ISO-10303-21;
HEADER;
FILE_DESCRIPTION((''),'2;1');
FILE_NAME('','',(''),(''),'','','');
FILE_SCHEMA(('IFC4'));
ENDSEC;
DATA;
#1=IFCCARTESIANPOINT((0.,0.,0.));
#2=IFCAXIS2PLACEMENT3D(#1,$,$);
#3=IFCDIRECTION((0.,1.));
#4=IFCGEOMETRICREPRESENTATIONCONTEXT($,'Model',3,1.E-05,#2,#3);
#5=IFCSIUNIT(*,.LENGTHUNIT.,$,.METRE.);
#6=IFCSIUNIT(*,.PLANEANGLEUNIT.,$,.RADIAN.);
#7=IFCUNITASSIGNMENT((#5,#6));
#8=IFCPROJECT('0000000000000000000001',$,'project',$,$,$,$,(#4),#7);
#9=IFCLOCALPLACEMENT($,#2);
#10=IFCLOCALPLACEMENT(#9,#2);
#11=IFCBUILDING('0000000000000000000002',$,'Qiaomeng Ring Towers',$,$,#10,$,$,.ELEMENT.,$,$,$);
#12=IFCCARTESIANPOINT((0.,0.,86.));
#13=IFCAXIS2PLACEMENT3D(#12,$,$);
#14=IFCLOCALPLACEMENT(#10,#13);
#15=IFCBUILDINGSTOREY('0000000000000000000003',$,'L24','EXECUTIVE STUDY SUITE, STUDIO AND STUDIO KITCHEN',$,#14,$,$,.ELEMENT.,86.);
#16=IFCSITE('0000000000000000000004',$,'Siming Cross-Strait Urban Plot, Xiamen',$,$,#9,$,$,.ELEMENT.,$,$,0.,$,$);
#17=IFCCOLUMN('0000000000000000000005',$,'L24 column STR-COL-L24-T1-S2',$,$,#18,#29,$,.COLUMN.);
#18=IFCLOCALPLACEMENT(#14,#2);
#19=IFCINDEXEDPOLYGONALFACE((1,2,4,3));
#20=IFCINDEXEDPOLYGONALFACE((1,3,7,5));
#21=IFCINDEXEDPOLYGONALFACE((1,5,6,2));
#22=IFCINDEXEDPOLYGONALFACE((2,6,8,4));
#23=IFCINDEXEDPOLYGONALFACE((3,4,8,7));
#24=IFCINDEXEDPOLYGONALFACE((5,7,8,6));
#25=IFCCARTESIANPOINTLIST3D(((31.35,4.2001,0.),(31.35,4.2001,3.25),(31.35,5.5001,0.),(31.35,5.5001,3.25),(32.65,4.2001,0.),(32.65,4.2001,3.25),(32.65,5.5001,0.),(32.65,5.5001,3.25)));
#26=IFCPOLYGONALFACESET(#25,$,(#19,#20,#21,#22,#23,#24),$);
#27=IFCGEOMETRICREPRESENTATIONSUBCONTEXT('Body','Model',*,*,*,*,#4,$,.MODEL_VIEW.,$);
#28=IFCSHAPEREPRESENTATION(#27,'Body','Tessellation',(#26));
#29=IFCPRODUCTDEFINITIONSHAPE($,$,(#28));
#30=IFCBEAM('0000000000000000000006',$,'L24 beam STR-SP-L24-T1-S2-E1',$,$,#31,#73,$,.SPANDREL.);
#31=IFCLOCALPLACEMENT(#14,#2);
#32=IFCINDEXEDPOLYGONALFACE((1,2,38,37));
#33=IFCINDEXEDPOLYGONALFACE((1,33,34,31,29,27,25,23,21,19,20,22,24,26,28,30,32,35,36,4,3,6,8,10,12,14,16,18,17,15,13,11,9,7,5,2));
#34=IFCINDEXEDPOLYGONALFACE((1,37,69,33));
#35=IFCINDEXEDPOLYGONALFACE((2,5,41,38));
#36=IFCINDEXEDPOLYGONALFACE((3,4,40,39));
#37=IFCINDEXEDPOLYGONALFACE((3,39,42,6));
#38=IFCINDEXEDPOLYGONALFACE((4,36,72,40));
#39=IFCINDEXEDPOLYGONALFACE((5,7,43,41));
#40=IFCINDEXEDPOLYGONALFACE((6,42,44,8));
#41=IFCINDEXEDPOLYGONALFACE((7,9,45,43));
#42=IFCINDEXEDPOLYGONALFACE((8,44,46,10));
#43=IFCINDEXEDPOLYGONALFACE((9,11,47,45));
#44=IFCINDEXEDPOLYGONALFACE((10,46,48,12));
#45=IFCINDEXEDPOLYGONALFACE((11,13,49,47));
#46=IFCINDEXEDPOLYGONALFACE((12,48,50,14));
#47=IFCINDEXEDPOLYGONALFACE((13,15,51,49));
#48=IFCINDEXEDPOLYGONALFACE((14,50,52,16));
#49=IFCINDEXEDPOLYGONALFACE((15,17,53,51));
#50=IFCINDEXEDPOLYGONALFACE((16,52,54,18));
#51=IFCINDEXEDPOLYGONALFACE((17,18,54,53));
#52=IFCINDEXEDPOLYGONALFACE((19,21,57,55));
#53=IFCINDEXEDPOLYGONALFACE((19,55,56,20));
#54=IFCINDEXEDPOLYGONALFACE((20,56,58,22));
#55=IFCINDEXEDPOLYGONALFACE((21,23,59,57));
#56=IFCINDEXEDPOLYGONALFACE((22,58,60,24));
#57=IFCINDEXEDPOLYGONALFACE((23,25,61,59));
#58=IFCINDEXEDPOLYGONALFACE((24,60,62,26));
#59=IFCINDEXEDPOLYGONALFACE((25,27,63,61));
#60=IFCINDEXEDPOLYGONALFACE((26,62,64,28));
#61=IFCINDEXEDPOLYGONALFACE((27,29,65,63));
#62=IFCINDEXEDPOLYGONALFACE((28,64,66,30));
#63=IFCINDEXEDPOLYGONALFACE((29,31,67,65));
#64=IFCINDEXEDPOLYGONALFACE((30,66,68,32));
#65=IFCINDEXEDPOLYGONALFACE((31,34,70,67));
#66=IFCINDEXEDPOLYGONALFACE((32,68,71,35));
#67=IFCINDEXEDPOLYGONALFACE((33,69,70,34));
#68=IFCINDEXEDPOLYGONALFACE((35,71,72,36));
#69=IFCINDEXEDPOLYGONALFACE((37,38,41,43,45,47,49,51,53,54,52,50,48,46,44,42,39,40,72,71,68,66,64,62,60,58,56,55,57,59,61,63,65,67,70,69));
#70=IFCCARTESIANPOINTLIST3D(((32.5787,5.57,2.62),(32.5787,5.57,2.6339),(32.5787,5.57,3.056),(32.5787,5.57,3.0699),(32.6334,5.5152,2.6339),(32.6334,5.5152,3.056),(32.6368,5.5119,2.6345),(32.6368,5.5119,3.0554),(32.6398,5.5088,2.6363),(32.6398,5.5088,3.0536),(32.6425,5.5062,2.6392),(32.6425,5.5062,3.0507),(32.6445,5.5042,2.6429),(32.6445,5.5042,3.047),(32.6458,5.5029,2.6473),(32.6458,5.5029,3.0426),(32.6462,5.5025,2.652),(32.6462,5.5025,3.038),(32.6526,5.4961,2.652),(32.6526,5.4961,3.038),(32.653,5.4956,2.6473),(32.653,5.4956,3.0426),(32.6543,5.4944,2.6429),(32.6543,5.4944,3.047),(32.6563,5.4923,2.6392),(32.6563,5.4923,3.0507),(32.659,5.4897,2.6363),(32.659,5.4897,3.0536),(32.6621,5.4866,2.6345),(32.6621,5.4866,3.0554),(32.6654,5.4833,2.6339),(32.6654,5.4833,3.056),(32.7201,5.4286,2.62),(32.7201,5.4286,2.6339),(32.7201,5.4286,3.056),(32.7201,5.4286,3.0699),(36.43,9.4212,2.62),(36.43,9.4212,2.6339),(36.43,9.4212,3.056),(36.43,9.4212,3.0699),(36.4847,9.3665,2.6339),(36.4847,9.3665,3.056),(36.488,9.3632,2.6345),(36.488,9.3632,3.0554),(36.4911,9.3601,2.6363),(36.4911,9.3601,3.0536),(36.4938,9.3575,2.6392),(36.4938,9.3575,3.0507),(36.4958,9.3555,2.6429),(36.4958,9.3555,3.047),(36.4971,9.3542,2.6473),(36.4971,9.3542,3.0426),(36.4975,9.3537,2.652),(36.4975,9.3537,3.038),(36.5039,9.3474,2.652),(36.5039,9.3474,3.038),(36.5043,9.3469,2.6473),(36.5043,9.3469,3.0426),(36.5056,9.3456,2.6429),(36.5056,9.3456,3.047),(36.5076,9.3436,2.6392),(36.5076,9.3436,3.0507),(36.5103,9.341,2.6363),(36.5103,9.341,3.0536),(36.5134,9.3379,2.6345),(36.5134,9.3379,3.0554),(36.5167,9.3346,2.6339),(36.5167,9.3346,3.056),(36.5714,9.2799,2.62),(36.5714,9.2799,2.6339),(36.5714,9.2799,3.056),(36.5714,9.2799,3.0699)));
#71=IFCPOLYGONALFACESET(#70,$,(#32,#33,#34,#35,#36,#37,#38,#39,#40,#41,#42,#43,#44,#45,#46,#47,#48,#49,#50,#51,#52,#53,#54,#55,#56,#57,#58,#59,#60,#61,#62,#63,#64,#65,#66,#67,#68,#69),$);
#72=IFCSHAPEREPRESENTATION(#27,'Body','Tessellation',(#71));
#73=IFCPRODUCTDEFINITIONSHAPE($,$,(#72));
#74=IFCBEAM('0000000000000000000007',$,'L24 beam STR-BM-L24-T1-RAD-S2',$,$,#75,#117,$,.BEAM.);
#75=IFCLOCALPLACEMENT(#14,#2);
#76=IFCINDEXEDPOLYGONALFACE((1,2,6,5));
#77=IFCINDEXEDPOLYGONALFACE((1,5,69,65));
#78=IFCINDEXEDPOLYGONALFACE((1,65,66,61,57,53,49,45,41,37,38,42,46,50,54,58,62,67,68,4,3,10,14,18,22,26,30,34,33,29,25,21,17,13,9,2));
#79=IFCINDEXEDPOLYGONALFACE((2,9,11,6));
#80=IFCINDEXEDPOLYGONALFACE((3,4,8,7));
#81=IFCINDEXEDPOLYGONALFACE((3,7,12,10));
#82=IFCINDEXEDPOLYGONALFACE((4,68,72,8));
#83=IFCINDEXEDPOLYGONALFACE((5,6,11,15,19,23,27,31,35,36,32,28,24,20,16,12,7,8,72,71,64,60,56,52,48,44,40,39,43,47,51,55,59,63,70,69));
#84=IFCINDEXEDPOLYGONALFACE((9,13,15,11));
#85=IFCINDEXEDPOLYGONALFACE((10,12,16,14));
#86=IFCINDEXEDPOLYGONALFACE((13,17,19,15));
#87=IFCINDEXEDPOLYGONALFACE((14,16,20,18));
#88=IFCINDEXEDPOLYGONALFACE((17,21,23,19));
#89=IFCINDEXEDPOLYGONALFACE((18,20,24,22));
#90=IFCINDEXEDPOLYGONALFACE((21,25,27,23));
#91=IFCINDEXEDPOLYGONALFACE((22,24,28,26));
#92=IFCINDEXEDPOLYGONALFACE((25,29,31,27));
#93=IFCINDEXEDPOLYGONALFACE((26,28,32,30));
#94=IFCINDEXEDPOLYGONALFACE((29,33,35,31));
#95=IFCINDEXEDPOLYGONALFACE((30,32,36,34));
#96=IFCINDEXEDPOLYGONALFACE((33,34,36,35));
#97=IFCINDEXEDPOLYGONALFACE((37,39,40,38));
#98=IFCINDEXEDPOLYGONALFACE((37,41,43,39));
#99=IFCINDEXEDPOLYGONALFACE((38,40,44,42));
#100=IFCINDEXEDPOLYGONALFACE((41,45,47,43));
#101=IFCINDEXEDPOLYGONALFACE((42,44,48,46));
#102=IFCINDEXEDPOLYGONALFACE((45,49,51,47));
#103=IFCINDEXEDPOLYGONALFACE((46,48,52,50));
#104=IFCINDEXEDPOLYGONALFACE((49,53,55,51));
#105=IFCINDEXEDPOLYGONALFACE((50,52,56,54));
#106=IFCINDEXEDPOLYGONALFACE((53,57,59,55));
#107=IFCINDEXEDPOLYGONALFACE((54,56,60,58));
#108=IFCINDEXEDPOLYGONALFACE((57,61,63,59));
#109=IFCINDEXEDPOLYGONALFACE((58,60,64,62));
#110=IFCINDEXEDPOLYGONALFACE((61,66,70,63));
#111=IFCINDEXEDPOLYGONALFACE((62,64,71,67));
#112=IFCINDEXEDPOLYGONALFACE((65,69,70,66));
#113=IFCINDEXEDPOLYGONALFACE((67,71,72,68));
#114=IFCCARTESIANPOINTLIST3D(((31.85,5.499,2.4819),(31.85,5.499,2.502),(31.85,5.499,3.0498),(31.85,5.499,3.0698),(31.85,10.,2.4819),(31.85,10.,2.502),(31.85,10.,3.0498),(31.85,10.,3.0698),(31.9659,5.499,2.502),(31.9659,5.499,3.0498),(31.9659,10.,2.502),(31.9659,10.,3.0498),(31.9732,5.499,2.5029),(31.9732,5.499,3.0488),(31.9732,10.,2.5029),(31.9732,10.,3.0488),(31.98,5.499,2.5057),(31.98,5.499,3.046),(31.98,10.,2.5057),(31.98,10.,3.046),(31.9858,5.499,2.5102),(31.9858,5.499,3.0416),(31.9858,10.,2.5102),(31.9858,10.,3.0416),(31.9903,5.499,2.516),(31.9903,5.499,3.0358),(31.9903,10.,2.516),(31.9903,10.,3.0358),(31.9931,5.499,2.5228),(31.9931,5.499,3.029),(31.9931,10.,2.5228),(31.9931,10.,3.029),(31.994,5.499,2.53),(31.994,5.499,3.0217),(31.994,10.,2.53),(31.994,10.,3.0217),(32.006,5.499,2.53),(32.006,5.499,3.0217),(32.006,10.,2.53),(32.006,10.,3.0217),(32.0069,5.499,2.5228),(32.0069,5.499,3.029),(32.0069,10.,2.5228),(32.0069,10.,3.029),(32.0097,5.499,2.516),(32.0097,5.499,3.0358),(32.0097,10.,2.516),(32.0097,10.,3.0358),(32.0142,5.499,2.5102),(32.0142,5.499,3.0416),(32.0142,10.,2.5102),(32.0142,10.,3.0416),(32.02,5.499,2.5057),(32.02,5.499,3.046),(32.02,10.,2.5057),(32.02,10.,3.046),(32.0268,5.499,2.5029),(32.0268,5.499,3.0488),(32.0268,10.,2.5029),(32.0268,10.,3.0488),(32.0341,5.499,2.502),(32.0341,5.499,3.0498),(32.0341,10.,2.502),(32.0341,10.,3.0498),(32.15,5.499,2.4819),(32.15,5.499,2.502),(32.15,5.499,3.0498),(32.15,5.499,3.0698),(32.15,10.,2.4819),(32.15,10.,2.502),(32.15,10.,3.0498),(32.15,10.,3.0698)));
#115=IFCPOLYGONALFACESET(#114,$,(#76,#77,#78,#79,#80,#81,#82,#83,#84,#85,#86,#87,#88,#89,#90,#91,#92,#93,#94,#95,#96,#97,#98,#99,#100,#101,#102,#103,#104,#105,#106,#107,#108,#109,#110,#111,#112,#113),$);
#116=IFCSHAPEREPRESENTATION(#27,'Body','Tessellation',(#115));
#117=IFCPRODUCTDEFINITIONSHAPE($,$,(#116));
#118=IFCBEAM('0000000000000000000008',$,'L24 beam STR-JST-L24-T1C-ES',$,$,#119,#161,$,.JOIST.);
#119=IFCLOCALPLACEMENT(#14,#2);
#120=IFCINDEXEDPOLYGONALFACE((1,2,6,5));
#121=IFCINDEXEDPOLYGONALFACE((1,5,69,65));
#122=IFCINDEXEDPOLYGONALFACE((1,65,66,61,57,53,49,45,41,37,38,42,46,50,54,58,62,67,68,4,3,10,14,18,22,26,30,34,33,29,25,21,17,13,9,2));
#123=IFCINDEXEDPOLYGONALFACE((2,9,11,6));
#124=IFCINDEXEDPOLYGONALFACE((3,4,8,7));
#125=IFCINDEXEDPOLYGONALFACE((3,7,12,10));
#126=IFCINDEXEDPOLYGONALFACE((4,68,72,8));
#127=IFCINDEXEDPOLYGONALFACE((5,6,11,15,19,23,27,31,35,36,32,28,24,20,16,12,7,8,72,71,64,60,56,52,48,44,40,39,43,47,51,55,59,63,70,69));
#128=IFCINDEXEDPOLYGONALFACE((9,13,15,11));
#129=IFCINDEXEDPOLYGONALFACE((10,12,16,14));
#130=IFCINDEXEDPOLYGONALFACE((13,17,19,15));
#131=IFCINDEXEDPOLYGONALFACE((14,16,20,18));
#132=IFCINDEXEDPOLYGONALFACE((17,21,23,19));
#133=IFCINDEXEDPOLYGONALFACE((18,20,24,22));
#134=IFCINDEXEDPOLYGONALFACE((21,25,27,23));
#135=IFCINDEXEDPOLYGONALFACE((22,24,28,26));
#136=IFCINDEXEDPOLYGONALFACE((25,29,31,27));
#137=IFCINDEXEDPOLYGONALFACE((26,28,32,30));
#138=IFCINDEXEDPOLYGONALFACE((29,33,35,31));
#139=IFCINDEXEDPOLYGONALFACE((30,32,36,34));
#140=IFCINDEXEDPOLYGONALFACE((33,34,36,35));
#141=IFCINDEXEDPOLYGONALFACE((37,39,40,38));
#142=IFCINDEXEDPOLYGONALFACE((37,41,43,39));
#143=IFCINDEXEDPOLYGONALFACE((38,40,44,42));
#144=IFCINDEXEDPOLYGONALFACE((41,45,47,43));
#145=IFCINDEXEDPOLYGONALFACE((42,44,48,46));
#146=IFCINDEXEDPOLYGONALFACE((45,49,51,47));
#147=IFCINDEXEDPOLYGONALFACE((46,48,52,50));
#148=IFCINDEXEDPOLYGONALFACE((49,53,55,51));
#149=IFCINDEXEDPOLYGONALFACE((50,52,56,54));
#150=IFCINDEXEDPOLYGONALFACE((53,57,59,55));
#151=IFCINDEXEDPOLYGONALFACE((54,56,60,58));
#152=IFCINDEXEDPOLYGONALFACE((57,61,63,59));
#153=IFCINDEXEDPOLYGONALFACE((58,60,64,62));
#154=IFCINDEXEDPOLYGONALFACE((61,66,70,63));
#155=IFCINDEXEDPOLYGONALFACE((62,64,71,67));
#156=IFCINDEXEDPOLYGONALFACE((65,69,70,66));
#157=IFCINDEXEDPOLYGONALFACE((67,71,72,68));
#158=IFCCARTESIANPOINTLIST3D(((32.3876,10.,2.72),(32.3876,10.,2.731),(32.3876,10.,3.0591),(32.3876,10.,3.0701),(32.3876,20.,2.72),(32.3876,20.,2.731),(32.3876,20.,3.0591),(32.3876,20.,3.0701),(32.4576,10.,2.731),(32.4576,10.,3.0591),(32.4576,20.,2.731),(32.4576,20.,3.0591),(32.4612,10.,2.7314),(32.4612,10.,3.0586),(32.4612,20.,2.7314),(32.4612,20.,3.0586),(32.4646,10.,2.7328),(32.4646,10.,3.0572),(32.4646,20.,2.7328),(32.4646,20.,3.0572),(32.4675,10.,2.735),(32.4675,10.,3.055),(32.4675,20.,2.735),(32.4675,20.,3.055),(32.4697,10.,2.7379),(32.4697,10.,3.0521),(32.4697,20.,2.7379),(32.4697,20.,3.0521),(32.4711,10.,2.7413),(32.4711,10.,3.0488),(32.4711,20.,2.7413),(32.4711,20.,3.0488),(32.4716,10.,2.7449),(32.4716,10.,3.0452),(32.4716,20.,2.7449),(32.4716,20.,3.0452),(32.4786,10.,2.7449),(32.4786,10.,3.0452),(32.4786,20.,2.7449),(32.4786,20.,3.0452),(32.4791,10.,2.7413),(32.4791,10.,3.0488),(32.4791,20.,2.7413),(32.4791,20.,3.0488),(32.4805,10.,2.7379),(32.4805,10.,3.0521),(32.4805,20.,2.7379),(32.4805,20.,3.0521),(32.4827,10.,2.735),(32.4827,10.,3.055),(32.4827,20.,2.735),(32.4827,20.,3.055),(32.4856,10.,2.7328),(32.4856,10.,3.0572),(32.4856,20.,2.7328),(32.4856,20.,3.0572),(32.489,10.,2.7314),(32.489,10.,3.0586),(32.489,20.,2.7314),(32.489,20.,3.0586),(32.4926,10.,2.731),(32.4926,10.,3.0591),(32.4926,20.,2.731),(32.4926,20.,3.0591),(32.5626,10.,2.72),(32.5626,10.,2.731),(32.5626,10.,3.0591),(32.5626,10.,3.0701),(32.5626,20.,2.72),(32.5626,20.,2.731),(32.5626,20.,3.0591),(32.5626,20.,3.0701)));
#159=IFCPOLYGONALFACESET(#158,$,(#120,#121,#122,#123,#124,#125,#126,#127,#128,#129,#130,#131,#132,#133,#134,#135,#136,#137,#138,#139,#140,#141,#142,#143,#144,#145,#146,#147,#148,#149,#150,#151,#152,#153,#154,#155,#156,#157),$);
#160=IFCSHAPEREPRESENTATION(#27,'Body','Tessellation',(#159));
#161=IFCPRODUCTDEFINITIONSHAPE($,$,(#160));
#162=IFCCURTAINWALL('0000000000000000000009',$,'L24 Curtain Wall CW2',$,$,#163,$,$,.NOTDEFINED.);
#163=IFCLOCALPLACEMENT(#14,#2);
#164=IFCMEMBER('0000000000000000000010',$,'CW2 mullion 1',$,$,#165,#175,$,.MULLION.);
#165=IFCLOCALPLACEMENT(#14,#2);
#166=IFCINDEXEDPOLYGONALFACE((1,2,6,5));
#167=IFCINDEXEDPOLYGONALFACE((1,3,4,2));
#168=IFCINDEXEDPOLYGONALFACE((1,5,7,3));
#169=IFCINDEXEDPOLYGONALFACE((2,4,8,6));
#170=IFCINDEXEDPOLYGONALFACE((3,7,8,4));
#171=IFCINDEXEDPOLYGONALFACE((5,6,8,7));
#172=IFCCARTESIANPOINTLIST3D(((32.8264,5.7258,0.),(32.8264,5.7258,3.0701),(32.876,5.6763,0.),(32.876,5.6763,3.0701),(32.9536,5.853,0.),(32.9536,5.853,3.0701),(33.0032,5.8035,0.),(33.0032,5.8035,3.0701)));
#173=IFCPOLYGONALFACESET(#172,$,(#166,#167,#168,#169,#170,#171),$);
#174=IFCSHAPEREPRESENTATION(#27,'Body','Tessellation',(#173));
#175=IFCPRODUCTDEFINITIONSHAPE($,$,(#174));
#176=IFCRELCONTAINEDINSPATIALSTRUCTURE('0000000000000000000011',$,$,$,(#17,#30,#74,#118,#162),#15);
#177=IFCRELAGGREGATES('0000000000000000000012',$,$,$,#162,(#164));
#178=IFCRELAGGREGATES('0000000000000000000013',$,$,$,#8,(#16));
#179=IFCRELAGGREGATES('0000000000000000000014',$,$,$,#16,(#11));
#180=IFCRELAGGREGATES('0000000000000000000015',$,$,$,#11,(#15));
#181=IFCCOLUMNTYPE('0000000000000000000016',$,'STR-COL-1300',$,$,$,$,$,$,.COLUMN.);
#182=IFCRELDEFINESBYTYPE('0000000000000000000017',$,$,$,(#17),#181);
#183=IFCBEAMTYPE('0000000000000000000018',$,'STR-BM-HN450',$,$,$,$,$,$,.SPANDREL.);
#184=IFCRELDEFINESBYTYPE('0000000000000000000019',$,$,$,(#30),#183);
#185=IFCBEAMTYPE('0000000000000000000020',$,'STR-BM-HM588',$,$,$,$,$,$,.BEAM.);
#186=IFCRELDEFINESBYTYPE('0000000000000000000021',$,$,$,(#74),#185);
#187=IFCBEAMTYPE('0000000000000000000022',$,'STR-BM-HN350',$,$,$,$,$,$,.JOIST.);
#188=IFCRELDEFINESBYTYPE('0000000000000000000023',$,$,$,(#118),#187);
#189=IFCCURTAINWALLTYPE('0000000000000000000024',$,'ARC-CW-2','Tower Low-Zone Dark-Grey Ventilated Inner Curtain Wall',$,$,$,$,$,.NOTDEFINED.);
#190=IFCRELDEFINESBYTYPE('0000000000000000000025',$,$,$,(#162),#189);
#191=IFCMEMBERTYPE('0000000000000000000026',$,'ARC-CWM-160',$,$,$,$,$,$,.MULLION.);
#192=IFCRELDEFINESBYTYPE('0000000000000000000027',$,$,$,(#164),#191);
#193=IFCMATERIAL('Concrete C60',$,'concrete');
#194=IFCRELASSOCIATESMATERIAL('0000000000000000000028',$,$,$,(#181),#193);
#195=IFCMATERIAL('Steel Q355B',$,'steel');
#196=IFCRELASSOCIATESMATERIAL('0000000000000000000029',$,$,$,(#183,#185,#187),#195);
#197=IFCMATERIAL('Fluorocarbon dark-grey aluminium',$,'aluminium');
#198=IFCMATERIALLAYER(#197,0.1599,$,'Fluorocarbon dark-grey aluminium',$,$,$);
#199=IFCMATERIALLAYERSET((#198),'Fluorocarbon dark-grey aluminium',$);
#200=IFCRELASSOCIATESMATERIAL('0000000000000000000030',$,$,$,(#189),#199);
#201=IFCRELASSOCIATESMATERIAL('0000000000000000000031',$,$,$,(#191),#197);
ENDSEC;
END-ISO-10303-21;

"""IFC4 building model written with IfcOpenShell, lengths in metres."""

from ifc_helpers import new_model, si_unit, direction, frame, origin, origin_2d, place, context, subcontext, project, spatial, rectangle, i_section, extrude, source, transform, mapped, material, layer, layer_set, material_profile, profile_set, type_object, element, aggregate, save


model = new_model("IFC4")

# Units and contexts
model_context = context("Model", 3, precision=1e-05, world=origin(), true_north=direction((0.0, 1.0)))
body_context = subcontext(model_context, "Body", "Model", "MODEL_VIEW")
ifc_project = project(units=[si_unit("LENGTHUNIT", "METRE"), si_unit("PLANEANGLEUNIT", "RADIAN")], contexts=[model_context])

# Site, building, storey
site_placement = place(None, origin())
site = spatial("IfcSite", under=ifc_project, at=site_placement, Name="Siming Cross-Strait Urban Plot, Xiamen", CompositionType="ELEMENT", RefElevation=0.0)
building_placement = place(site_placement, origin())
building = spatial("IfcBuilding", under=site, at=building_placement, Name="Qiaomeng Ring Towers", CompositionType="ELEMENT")
storey_placement = place(building_placement, frame((0.0, 0.0, 86.0)))
storey = spatial("IfcBuildingStorey", under=building, at=storey_placement, Name="L24", Description="EXECUTIVE STUDY SUITE, STUDIO AND STUDIO KITCHEN", CompositionType="ELEMENT", Elevation=86.0)

# Column
ifc_material_1 = material(Name="Concrete C60", Category="concrete")
ifc_material_profile_1 = material_profile(ifc_material_1, rectangle(XDim=1.3, YDim=1.3, at=origin_2d()), Name="RC COL 1300x1300")
ifc_profile_set_1 = profile_set([ifc_material_profile_1], Name="Concrete C60")
column_type = type_object("IfcColumnType", Name="STR-COL-1300", PredefinedType="COLUMN", material=ifc_profile_set_1)
shared_shape_1 = source(origin(), body_context, "Body", "SweptSolid", [
    extrude(rectangle(XDim=1.3, YDim=1.3, at=origin_2d()), origin(), (0.0, 0.0, 1.0), 3.25),
])
column_placement = place(storey_placement, frame((32.0, 4.8501, 0.0), z_axis=(0.0, 0.0, 1.0), x_axis=(1.0, 0.0, 0.0)))
element("IfcColumn", 1, at=column_placement, inside=storey, type_object=column_type, Name="L24 column STR-COL-L24-T1-S2", PredefinedType="COLUMN", context=body_context, shape_type="MappedRepresentation", body=[
    mapped(shared_shape_1, transform((0.0, 0.0, 0.0), x_axis=(1.0, 0.0, 0.0), y_axis=(0.0, 1.0, 0.0), z_axis=(0.0, 0.0, 1.0), scale=1.0)),
])

# Beams
ifc_material_2 = material(Name="Steel Q355B", Category="steel")
ifc_material_profile_2 = material_profile(ifc_material_2, i_section(OverallWidth=0.2, OverallDepth=0.45, WebThickness=0.009, FlangeThickness=0.0139, FilletRadius=0.0181, at=origin_2d()), Name="HN 450x200x9x14")
ifc_profile_set_2 = profile_set([ifc_material_profile_2], Name="Steel Q355B")
beam_type_1 = type_object("IfcBeamType", Name="STR-BM-HN450", PredefinedType="SPANDREL", material=ifc_profile_set_2)
shared_shape_2 = source(origin(), body_context, "Body", "SweptSolid", [
    extrude(i_section(OverallWidth=0.2, OverallDepth=0.45, WebThickness=0.009, FlangeThickness=0.0139, FilletRadius=0.0181, at=origin_2d()), origin(), (0.0, 0.0, 1.0), 5.4465),
])
beam_1_placement = place(storey_placement, frame((32.6494, 5.4993, 2.845), z_axis=(0.707107, 0.707107, 0.0), x_axis=(-0.707107, 0.707107, 0.0)))
element("IfcBeam", 2, at=beam_1_placement, inside=storey, type_object=beam_type_1, Name="L24 beam STR-SP-L24-T1-S2-E1", PredefinedType="SPANDREL", context=body_context, shape_type="MappedRepresentation", body=[
    mapped(shared_shape_2, transform((0.0, 0.0, 0.0), x_axis=(1.0, 0.0, 0.0), y_axis=(0.0, 1.0, 0.0), z_axis=(0.0, 0.0, 1.0), scale=1.0)),
])
ifc_material_profile_3 = material_profile(ifc_material_2, i_section(OverallWidth=0.3, OverallDepth=0.5879, WebThickness=0.012, FlangeThickness=0.02, FilletRadius=0.0281, at=origin_2d()), Name="HM 588x300x12x20")
ifc_profile_set_3 = profile_set([ifc_material_profile_3], Name="Steel Q355B")
beam_type_2 = type_object("IfcBeamType", Name="STR-BM-HM588", PredefinedType="BEAM", material=ifc_profile_set_3)
shared_shape_3 = source(origin(), body_context, "Body", "SweptSolid", [
    extrude(i_section(OverallWidth=0.3, OverallDepth=0.5879, WebThickness=0.012, FlangeThickness=0.02, FilletRadius=0.0281, at=origin_2d()), origin(), (0.0, 0.0, 1.0), 4.501),
])
beam_2_placement = place(storey_placement, frame((32.0, 5.499, 2.7759), z_axis=(0.0, 1.0, 0.0), x_axis=(-1.0, 0.0, 0.0)))
element("IfcBeam", 3, at=beam_2_placement, inside=storey, type_object=beam_type_2, Name="L24 beam STR-BM-L24-T1-RAD-S2", PredefinedType="BEAM", context=body_context, shape_type="MappedRepresentation", body=[
    mapped(shared_shape_3, transform((0.0, 0.0, 0.0), x_axis=(1.0, 0.0, 0.0), y_axis=(0.0, 1.0, 0.0), z_axis=(0.0, 0.0, 1.0), scale=1.0)),
])
ifc_material_profile_4 = material_profile(ifc_material_2, i_section(OverallWidth=0.175, OverallDepth=0.3501, WebThickness=0.0071, FlangeThickness=0.011, FilletRadius=0.0139, at=origin_2d()), Name="HN 350x175x7x11")
ifc_profile_set_4 = profile_set([ifc_material_profile_4], Name="Steel Q355B")
beam_type_3 = type_object("IfcBeamType", Name="STR-BM-HN350", PredefinedType="JOIST", material=ifc_profile_set_4)
shared_shape_4 = source(origin(), body_context, "Body", "SweptSolid", [
    extrude(i_section(OverallWidth=0.175, OverallDepth=0.3501, WebThickness=0.0071, FlangeThickness=0.011, FilletRadius=0.0139, at=origin_2d()), origin(), (0.0, 0.0, 1.0), 10.0),
])
beam_3_placement = place(storey_placement, frame((32.4751, 10.0, 2.895), z_axis=(0.0, 1.0, 0.0), x_axis=(-1.0, 0.0, 0.0)))
element("IfcBeam", 4, at=beam_3_placement, inside=storey, type_object=beam_type_3, Name="L24 beam STR-JST-L24-T1C-ES", PredefinedType="JOIST", context=body_context, shape_type="MappedRepresentation", body=[
    mapped(shared_shape_4, transform((0.0, 0.0, 0.0), x_axis=(1.0, 0.0, 0.0), y_axis=(0.0, 1.0, 0.0), z_axis=(0.0, 0.0, 1.0), scale=1.0)),
])

# Curtain wall, member
ifc_material_3 = material(Name="Fluorocarbon dark-grey aluminium", Category="aluminium")
ifc_layer_1 = layer(ifc_material_3, 0.1599, Name="Fluorocarbon dark-grey aluminium")
ifc_layer_set_1 = layer_set([ifc_layer_1], Name="Fluorocarbon dark-grey aluminium")
curtain_wall_type = type_object("IfcCurtainWallType", Name="ARC-CW-2", Description="Tower Low-Zone Dark-Grey Ventilated Inner Curtain Wall", PredefinedType="NOTDEFINED", material=ifc_layer_set_1)
curtain_wall_placement = place(storey_placement, origin())
curtain_wall = element("IfcCurtainWall", 5, at=curtain_wall_placement, inside=storey, type_object=curtain_wall_type, Name="L24 Curtain Wall CW2", PredefinedType="NOTDEFINED")
ifc_material_profile_5 = material_profile(ifc_material_3, rectangle(XDim=0.0701, YDim=0.1799, at=origin_2d()), Name="ALU MULL 70x180")
ifc_profile_set_5 = profile_set([ifc_material_profile_5], Name="Fluorocarbon dark-grey aluminium")
member_type_1 = type_object("IfcMemberType", Name="ARC-CWM-160", PredefinedType="MULLION", material=ifc_profile_set_5)
shared_shape_5 = source(origin(), body_context, "Body", "SweptSolid", [
    extrude(rectangle(XDim=0.0701, YDim=0.1799, at=origin_2d()), origin(), (0.0, 0.0, 1.0), 3.0701),
])
member_1_placement = place(storey_placement, frame((32.9148, 5.7646, 0.0), z_axis=(0.0, 0.0, 1.0), x_axis=(-0.707107, 0.707107, 0.0)))
member_1 = element("IfcMember", 6, at=member_1_placement, type_object=member_type_1, Name="CW2 mullion 1", PredefinedType="MULLION", context=body_context, shape_type="MappedRepresentation", body=[
    mapped(shared_shape_5, transform((0.0, 0.0, 0.0), x_axis=(1.0, 0.0, 0.0), y_axis=(0.0, 1.0, 0.0), z_axis=(0.0, 0.0, 1.0), scale=1.0)),
])
aggregate(curtain_wall, [member_1])

save(model, "model.ifc")
